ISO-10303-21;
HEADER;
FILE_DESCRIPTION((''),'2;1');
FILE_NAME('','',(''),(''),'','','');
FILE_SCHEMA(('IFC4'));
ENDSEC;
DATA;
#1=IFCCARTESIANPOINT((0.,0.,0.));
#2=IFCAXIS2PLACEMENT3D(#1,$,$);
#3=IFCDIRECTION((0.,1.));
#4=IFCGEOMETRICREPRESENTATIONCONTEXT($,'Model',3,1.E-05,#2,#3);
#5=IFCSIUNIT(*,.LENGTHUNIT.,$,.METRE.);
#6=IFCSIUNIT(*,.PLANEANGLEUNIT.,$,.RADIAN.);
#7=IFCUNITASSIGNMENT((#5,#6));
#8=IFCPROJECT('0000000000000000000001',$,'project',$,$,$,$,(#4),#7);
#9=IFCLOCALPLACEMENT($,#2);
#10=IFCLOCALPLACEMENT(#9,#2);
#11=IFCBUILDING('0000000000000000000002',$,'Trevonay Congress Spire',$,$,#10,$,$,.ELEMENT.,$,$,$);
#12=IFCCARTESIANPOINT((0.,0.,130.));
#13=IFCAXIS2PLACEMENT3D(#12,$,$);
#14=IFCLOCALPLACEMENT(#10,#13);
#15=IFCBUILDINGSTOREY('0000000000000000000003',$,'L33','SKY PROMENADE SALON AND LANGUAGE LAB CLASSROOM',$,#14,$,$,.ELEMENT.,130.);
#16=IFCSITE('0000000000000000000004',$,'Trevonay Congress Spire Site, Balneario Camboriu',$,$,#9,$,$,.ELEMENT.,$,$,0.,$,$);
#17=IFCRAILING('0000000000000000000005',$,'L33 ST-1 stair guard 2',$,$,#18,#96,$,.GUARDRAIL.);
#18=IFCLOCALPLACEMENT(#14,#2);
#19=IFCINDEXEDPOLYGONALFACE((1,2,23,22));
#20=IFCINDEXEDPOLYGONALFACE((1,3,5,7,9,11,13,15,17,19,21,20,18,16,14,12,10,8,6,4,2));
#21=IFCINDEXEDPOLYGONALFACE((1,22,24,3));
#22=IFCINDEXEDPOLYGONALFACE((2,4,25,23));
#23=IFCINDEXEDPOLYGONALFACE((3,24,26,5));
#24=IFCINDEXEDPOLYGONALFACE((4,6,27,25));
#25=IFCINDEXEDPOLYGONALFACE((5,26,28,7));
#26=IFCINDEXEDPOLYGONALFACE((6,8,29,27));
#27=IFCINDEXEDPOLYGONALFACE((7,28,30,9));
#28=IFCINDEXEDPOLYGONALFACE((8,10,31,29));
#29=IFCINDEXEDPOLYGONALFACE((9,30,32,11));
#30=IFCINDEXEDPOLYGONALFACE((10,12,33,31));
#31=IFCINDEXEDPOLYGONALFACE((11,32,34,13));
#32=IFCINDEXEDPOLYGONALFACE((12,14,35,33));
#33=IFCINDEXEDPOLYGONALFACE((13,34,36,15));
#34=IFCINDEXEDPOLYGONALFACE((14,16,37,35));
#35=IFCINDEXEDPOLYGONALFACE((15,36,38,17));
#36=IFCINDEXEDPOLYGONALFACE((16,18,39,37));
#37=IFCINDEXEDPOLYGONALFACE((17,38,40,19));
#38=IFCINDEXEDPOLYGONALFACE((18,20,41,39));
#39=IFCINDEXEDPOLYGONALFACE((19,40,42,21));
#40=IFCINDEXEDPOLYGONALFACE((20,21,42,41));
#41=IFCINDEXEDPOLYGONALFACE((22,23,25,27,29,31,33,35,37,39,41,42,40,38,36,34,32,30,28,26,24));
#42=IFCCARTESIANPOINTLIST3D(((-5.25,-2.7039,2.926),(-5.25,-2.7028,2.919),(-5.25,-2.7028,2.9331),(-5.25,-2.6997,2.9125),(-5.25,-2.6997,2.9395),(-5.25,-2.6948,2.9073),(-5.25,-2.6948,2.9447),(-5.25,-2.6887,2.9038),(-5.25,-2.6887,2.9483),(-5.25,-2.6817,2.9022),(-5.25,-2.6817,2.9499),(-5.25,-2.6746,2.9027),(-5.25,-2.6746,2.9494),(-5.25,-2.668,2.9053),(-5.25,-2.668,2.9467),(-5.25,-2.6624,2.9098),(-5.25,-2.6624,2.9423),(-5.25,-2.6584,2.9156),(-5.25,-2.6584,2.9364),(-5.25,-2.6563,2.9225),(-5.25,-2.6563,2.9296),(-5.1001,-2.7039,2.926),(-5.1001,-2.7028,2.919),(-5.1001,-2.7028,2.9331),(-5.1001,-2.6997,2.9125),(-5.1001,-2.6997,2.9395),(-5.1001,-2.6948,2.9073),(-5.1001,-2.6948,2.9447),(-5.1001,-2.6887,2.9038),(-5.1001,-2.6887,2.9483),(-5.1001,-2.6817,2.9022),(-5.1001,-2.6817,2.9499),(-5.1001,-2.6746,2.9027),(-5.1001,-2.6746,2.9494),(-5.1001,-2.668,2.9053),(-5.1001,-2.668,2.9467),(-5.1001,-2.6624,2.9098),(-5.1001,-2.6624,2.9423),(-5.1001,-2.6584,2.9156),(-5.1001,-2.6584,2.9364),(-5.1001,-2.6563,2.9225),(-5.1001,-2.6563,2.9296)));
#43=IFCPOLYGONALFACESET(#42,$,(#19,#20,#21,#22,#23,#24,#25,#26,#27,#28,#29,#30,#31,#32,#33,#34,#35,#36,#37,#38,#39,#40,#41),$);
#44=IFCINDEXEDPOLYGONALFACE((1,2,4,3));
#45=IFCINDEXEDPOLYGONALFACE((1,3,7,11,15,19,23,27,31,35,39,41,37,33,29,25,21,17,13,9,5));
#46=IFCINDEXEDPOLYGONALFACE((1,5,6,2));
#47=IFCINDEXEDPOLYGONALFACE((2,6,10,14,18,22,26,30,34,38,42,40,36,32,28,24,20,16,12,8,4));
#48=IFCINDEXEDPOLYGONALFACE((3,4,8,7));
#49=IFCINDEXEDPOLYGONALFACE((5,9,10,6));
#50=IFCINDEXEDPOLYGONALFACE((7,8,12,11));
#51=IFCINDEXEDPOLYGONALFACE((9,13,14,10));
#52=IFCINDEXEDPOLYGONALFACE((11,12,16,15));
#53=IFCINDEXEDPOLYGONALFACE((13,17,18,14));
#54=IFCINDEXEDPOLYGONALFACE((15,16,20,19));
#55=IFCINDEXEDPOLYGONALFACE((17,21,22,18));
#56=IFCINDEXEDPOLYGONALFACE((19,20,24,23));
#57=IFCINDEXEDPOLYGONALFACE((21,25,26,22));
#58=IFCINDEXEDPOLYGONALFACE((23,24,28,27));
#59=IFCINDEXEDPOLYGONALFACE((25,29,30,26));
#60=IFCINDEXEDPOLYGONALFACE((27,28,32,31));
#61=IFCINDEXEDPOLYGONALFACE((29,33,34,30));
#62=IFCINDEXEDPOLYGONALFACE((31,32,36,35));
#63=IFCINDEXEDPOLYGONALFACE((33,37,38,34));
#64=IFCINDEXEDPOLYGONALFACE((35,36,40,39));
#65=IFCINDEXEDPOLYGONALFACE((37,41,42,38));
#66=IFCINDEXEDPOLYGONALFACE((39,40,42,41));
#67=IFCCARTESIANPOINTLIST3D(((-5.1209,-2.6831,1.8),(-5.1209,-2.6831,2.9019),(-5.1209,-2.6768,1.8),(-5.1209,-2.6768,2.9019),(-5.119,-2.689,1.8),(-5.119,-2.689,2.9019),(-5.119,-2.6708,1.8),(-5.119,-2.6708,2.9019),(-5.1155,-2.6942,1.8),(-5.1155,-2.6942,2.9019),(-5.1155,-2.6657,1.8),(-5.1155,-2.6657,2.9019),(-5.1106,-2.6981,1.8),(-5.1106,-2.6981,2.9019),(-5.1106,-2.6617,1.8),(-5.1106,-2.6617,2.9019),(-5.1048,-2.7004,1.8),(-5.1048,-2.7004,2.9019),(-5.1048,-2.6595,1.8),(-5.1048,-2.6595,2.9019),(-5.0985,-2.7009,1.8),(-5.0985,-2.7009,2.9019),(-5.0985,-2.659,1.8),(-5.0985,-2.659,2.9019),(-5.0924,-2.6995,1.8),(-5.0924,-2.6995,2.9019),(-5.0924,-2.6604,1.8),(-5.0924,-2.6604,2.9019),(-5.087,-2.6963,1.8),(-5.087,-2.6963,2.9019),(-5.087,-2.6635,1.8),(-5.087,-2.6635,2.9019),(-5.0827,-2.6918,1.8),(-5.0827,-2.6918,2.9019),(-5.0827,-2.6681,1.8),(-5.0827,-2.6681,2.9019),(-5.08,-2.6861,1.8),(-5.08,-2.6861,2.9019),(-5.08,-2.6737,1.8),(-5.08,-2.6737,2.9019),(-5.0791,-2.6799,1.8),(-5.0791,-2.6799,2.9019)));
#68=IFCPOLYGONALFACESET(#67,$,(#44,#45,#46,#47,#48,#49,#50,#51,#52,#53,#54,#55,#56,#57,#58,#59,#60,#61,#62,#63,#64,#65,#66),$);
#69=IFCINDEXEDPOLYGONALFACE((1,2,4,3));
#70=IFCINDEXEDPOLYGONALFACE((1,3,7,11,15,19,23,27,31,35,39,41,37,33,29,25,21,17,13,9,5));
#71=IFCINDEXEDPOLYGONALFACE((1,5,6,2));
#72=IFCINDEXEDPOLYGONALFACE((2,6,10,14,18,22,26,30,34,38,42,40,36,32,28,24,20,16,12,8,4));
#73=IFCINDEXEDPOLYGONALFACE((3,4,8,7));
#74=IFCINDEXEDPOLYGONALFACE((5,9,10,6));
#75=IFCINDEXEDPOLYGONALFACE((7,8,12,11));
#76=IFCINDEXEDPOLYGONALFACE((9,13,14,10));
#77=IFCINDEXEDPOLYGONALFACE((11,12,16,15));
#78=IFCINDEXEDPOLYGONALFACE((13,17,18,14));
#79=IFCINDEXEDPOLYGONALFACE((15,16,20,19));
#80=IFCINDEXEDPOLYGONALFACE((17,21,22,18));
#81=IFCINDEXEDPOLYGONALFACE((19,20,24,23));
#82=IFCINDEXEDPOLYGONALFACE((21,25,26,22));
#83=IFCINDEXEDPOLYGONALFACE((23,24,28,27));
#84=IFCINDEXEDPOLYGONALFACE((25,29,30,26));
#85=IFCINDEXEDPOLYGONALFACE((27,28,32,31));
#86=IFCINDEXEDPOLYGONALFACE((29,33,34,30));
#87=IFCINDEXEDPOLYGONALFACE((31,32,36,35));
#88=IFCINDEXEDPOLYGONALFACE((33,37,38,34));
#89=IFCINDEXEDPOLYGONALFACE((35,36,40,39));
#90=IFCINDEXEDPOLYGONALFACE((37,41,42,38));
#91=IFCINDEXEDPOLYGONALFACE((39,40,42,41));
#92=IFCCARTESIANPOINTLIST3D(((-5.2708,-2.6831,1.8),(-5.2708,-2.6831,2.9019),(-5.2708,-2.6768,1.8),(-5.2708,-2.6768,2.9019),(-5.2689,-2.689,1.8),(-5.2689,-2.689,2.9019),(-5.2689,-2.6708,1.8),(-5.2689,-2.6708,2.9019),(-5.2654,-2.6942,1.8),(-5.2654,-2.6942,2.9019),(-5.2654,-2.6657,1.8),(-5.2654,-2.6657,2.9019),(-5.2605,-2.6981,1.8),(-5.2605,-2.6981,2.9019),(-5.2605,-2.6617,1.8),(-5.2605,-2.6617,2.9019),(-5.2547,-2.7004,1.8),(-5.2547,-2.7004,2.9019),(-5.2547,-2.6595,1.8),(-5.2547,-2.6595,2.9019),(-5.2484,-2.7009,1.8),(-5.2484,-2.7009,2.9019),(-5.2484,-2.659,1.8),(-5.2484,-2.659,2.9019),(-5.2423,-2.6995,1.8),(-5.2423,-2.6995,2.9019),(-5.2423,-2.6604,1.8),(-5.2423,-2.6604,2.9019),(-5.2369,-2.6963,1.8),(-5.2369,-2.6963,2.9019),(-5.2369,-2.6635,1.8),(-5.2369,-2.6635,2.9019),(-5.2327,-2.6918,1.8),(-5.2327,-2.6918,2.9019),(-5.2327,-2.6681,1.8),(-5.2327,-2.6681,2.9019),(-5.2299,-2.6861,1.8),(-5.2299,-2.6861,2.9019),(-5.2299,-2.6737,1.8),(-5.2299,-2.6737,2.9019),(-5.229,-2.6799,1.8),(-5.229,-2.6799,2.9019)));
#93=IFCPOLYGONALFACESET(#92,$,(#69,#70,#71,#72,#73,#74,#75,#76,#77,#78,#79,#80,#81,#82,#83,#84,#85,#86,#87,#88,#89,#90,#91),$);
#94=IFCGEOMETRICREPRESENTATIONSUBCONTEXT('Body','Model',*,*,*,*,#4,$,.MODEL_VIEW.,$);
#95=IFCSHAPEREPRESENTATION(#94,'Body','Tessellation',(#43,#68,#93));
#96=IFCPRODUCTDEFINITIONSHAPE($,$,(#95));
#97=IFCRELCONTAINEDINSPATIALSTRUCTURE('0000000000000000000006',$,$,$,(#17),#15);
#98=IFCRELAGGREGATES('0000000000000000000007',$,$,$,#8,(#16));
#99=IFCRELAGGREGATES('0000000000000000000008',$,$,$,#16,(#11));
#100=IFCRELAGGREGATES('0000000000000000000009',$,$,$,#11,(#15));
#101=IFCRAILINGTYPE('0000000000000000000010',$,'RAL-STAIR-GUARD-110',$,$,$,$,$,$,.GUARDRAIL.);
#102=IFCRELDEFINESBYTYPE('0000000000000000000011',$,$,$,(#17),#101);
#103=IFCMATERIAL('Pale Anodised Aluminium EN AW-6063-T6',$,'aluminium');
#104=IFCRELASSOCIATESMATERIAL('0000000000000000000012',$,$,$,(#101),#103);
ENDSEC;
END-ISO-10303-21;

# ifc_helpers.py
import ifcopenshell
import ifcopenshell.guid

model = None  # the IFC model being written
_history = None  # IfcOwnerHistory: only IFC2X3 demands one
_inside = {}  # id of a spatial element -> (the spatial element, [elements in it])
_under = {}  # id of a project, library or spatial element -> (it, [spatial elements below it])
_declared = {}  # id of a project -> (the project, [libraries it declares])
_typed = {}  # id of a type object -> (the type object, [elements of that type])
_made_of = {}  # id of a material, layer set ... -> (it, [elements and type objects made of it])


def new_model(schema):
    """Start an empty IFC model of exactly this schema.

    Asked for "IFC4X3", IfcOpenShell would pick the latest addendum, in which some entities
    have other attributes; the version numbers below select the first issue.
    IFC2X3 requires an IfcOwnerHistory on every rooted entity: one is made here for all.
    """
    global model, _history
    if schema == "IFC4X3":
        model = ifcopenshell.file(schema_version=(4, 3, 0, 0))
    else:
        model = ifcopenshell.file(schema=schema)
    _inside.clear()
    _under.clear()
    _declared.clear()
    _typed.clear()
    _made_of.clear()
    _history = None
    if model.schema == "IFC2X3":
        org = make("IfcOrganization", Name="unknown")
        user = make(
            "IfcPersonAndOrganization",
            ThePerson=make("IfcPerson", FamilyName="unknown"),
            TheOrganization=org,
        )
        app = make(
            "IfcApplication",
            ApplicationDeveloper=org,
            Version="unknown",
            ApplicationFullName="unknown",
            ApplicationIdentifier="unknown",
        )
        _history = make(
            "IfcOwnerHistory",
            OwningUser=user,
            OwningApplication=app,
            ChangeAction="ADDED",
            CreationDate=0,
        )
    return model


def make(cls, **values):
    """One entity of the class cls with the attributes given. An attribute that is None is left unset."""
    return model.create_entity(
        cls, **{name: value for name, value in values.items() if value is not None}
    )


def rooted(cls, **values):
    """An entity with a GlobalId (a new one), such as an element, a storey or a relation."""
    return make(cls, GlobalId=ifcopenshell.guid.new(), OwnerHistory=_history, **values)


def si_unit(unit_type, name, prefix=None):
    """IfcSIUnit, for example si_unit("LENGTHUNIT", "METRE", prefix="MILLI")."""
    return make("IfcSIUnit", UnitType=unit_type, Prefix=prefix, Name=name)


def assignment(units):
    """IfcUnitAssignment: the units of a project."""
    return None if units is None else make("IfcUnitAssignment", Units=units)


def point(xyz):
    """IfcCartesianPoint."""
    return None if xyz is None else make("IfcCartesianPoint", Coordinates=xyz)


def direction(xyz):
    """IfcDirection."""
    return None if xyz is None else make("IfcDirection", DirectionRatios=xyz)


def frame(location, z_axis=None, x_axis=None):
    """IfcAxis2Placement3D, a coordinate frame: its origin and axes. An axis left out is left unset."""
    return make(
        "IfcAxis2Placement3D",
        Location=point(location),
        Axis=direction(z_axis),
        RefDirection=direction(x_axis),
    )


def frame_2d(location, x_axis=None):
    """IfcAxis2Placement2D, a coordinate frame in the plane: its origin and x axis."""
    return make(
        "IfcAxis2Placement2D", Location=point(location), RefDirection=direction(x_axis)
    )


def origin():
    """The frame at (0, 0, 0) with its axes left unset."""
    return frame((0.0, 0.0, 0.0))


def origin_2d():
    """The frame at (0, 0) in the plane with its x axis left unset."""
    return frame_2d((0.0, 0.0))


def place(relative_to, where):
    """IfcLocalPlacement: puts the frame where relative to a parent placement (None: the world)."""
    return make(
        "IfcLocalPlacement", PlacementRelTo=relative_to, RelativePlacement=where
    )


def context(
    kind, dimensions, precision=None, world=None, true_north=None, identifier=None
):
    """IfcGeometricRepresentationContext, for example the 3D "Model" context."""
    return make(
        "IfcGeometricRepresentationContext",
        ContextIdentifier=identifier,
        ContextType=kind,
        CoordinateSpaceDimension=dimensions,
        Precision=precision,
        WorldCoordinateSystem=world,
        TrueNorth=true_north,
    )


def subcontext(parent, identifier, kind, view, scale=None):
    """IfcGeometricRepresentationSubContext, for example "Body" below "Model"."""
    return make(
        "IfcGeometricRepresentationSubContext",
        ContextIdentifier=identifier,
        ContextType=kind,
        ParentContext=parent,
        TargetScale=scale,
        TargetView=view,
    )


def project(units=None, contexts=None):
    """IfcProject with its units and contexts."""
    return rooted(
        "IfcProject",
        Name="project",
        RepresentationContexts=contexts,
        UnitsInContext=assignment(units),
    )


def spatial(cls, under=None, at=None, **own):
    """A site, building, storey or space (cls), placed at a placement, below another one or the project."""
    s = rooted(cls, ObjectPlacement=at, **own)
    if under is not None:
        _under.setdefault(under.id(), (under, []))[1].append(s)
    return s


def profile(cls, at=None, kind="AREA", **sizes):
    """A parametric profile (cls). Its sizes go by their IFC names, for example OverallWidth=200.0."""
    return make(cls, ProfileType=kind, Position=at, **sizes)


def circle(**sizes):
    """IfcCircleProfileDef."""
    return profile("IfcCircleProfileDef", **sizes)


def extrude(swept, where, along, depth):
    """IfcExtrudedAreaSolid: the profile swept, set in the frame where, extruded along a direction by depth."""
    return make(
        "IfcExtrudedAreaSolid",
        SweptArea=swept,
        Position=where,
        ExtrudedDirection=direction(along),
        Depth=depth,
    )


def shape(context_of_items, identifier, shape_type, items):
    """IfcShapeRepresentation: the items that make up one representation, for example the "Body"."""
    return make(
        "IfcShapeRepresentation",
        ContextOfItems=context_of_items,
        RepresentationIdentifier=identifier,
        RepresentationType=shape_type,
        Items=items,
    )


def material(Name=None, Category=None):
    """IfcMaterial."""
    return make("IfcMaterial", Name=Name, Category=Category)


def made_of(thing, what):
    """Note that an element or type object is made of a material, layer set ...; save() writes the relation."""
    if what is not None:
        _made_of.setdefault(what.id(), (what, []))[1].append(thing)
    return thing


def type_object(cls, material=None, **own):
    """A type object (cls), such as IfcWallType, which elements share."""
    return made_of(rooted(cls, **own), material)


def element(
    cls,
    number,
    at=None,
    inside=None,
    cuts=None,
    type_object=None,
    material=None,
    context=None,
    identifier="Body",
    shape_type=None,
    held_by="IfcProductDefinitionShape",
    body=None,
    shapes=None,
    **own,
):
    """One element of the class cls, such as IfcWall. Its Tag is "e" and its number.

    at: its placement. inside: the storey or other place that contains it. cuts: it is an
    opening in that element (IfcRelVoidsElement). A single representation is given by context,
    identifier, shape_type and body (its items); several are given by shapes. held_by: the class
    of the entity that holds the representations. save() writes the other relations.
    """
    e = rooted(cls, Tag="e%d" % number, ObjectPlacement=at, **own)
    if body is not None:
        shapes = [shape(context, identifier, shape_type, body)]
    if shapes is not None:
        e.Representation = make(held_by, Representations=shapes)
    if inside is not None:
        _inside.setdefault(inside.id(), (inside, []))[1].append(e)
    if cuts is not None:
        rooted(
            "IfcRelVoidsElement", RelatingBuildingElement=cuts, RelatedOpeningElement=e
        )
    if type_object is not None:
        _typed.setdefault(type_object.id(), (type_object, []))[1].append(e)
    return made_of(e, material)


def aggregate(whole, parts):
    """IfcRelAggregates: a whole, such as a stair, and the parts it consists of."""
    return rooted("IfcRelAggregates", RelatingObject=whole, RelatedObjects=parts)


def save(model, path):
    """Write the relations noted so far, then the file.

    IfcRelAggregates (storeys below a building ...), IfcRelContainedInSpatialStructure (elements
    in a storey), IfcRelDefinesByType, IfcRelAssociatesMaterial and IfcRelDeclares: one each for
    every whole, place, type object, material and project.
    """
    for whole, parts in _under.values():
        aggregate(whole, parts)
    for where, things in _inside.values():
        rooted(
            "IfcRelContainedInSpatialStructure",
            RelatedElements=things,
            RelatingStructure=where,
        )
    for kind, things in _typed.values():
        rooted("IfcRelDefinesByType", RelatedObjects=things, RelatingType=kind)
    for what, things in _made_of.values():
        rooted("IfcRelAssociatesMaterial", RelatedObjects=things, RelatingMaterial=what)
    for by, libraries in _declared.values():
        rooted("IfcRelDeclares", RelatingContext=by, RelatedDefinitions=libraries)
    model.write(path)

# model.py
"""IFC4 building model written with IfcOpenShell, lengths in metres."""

from ifc_helpers import new_model, si_unit, direction, frame, origin, origin_2d, place, context, subcontext, project, spatial, circle, extrude, material, type_object, element, save


model = new_model("IFC4")

# Units and contexts
model_context = context("Model", 3, precision=1e-05, world=origin(), true_north=direction((0.0, 1.0)))
body_context = subcontext(model_context, "Body", "Model", "MODEL_VIEW")
ifc_project = project(units=[si_unit("LENGTHUNIT", "METRE"), si_unit("PLANEANGLEUNIT", "RADIAN")], contexts=[model_context])

# Site, building, storey
site_placement = place(None, origin())
site = spatial("IfcSite", under=ifc_project, at=site_placement, Name="Trevonay Congress Spire Site, Balneario Camboriu", CompositionType="ELEMENT", RefElevation=0.0)
building_placement = place(site_placement, origin())
building = spatial("IfcBuilding", under=site, at=building_placement, Name="Trevonay Congress Spire", CompositionType="ELEMENT")
storey_placement = place(building_placement, frame((0.0, 0.0, 130.0)))
storey = spatial("IfcBuildingStorey", under=building, at=storey_placement, Name="L33", Description="SKY PROMENADE SALON AND LANGUAGE LAB CLASSROOM", CompositionType="ELEMENT", Elevation=130.0)

# Shared definitions
ifc_material_1 = material(Name="Pale Anodised Aluminium EN AW-6063-T6", Category="aluminium")

# Railing
railing_type_1 = type_object("IfcRailingType", Name="RAL-STAIR-GUARD-110", PredefinedType="GUARDRAIL", material=ifc_material_1)
railing_1_placement = place(storey_placement, frame((-5.1001, -2.6799, 1.8)))
element("IfcRailing", 1, at=railing_1_placement, inside=storey, type_object=railing_type_1, Name="L33 ST-1 stair guard 2", PredefinedType="GUARDRAIL", context=body_context, shape_type="SweptSolid", body=[
    extrude(circle(Radius=0.0239, at=origin_2d()), frame((0.0, 0.0, 1.126), z_axis=(-1.0, 0.0, 0.0), x_axis=(0.0, -1.0, 0.0)), (0.0, 0.0, 1.0), 0.1499),
    extrude(circle(Radius=0.021, at=origin_2d()), origin(), (0.0, 0.0, 1.0), 1.1018),
    extrude(circle(Radius=0.021, at=origin_2d()), frame((-0.1499, 0.0, 0.0)), (0.0, 0.0, 1.0), 1.1018),
])

save(model, "model.ifc")
